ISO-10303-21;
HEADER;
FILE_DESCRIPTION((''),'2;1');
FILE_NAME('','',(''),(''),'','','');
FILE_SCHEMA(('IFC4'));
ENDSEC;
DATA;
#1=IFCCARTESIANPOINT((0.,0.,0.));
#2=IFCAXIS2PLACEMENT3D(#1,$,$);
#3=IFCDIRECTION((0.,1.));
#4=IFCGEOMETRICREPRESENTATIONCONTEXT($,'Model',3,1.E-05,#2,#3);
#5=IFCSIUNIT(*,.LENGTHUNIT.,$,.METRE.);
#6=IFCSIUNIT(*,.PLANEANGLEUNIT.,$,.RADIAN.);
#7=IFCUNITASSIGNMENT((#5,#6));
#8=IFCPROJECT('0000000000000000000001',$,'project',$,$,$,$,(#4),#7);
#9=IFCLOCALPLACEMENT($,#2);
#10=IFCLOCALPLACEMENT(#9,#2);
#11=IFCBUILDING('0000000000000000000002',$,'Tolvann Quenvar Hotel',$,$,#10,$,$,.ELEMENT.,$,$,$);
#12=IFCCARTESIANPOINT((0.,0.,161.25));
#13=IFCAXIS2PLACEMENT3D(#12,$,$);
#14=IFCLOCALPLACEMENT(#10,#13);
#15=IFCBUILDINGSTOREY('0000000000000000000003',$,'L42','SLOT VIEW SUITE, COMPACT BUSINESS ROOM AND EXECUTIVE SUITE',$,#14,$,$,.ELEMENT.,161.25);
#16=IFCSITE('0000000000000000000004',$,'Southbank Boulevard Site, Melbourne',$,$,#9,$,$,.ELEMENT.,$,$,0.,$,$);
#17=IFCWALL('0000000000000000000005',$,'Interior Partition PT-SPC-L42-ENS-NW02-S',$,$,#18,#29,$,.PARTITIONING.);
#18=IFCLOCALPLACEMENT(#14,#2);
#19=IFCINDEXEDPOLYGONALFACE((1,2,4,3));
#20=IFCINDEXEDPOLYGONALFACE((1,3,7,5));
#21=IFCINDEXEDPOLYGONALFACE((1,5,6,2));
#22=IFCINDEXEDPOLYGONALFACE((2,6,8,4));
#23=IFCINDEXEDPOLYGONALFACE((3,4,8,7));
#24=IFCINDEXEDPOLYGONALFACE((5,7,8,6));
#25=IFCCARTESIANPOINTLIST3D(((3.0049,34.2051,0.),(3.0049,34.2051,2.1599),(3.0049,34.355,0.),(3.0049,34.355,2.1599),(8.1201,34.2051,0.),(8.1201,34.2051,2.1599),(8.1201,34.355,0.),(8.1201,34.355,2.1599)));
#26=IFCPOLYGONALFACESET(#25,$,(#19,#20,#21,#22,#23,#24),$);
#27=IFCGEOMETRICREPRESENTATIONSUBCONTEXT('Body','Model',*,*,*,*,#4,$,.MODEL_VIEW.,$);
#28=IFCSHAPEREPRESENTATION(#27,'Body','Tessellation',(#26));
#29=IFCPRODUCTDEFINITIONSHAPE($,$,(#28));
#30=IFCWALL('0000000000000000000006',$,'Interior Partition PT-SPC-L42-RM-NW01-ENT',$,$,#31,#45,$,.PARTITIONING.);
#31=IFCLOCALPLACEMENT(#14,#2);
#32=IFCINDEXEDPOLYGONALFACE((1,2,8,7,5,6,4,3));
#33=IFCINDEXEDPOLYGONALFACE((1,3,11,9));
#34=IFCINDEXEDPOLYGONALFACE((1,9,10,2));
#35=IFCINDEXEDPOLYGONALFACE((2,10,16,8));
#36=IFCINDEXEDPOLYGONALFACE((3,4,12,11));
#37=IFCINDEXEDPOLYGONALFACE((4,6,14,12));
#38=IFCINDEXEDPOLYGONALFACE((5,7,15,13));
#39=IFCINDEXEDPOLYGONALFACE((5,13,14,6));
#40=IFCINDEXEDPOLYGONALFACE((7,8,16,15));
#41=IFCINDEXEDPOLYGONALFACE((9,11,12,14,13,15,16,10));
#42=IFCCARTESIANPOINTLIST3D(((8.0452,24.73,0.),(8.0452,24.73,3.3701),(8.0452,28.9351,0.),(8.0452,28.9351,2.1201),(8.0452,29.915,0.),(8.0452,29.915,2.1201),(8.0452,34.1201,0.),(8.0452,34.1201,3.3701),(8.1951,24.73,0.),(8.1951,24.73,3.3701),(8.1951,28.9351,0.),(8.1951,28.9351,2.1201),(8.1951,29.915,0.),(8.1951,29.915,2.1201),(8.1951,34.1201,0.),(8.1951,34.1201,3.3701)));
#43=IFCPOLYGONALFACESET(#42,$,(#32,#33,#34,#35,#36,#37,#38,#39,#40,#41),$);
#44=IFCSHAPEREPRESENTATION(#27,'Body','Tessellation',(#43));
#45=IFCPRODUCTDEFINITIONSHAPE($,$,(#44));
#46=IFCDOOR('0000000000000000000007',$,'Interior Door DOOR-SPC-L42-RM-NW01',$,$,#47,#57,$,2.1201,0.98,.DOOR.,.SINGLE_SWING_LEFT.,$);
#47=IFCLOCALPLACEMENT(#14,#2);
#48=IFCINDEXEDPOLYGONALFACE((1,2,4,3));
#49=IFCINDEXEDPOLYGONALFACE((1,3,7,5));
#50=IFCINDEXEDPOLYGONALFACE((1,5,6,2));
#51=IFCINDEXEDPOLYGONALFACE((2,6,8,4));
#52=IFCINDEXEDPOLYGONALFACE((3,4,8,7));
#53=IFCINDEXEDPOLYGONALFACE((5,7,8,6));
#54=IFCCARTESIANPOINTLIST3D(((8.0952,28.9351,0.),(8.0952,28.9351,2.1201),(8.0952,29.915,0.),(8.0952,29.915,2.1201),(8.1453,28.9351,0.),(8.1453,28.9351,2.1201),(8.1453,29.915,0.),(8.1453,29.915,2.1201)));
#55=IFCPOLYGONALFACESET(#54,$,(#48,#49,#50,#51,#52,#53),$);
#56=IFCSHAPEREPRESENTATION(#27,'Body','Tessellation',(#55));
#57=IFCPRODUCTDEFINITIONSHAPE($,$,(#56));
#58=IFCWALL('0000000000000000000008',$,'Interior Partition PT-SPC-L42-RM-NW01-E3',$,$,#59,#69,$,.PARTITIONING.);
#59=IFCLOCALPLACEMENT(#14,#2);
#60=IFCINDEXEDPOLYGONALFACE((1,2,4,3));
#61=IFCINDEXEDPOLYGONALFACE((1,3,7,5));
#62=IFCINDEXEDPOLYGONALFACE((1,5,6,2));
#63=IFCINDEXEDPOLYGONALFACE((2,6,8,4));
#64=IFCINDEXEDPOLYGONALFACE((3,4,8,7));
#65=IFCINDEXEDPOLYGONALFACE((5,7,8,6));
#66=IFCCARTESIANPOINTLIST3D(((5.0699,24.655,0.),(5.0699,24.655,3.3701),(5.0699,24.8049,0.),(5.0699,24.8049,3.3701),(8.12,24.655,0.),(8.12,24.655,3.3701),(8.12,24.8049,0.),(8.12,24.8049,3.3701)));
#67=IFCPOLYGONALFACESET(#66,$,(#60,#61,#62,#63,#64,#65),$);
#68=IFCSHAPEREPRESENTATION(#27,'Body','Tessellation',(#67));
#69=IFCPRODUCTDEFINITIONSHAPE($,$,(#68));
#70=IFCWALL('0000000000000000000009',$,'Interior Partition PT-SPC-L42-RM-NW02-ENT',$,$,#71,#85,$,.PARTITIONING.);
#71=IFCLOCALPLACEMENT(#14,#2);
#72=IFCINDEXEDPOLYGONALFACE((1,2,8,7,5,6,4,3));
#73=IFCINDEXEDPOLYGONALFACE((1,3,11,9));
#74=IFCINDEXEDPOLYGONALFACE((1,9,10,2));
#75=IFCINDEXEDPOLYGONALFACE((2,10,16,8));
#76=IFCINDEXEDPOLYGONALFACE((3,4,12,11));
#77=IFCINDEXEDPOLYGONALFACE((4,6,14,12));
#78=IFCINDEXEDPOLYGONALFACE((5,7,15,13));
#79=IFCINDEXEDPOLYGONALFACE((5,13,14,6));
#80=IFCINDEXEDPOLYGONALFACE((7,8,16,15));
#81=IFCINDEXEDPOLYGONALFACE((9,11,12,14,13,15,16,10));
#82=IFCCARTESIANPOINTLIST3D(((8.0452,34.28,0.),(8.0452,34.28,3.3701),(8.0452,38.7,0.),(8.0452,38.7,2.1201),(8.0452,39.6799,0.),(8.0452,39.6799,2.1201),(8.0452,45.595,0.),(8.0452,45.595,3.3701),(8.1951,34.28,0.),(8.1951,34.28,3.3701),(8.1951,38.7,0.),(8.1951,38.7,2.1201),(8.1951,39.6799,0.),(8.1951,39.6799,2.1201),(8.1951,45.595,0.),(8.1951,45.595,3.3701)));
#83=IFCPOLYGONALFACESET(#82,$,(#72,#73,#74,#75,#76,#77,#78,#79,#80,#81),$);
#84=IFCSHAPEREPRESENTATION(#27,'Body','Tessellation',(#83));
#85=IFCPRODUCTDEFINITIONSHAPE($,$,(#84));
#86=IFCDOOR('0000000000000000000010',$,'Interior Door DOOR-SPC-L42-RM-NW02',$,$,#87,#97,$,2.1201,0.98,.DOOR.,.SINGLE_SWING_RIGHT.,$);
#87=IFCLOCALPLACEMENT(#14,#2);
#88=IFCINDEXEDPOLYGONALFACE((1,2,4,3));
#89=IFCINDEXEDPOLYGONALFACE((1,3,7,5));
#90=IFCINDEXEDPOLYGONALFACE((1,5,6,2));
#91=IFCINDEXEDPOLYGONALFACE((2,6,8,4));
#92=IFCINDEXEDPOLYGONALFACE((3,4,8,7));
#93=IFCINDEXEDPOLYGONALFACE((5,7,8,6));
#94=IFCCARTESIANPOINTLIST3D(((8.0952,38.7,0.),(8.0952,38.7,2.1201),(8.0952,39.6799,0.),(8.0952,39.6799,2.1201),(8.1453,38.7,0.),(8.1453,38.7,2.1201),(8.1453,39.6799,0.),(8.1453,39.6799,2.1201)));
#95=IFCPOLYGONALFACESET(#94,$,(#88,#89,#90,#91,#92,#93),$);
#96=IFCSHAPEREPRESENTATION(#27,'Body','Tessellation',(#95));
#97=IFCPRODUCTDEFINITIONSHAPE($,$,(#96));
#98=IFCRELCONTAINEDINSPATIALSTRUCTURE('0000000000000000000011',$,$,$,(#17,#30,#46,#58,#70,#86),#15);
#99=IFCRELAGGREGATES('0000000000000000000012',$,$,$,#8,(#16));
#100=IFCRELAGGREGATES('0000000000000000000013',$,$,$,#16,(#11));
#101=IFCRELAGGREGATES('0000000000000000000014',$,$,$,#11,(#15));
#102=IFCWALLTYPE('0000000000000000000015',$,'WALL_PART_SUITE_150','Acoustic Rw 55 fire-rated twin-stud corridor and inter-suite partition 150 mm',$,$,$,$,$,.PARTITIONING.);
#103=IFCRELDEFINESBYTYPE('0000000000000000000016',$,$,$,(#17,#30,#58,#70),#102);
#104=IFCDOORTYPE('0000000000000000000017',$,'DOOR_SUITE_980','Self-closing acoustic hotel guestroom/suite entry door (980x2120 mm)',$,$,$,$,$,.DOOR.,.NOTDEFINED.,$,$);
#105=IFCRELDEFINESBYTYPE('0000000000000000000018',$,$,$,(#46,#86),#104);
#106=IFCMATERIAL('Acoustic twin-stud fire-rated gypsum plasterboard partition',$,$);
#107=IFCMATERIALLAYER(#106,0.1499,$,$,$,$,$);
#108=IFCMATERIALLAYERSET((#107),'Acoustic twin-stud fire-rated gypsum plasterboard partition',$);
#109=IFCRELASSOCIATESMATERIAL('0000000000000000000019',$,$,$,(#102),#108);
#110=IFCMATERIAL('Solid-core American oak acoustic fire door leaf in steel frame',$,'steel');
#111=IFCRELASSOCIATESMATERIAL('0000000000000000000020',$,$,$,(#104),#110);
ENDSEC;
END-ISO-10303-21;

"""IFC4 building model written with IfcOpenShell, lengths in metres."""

from ifc_helpers import new_model, si_unit, direction, frame, frame_2d, origin, place, context, subcontext, project, spatial, rectangle, extrude, source, transform, mapped, material, layer, layer_set, type_object, type_shapes, element, fill, save


model = new_model("IFC4")

# Units and contexts
model_context = context("Model", 3, precision=1e-05, world=origin(), true_north=direction((0.0, 1.0)))
body_context = subcontext(model_context, "Body", "Model", "MODEL_VIEW")
ifc_project = project(units=[si_unit("LENGTHUNIT", "METRE"), si_unit("PLANEANGLEUNIT", "RADIAN")], contexts=[model_context])

# Site, building, storey
site_placement = place(None, origin())
site = spatial("IfcSite", under=ifc_project, at=site_placement, Name="Southbank Boulevard Site, Melbourne", CompositionType="ELEMENT", RefElevation=0.0)
building_placement = place(site_placement, origin())
building = spatial("IfcBuilding", under=site, at=building_placement, Name="Tolvann Quenvar Hotel", CompositionType="ELEMENT")
storey_placement = place(building_placement, frame((0.0, 0.0, 161.25)))
storey = spatial("IfcBuildingStorey", under=building, at=storey_placement, Name="L42", Description="SLOT VIEW SUITE, COMPACT BUSINESS ROOM AND EXECUTIVE SUITE", CompositionType="ELEMENT", Elevation=161.25)

# Shared definitions
ifc_material_1 = material(Name="Solid-core American oak acoustic fire door leaf in steel frame", Category="steel")

# Shared definitions
ifc_material_2 = material(Name="Acoustic twin-stud fire-rated gypsum plasterboard partition")
ifc_layer_1 = layer(ifc_material_2, 0.1499)
ifc_layer_set_1 = layer_set([ifc_layer_1], Name="Acoustic twin-stud fire-rated gypsum plasterboard partition")
wall_type_1 = type_object("IfcWallType", Name="WALL_PART_SUITE_150", Description="Acoustic Rw 55 fire-rated twin-stud corridor and inter-suite partition 150 mm", PredefinedType="PARTITIONING", material=ifc_layer_set_1)

# Wall
wall_1_placement = place(storey_placement, frame((3.0049, 34.28, 0.0), z_axis=(0.0, 0.0, 1.0), x_axis=(1.0, 0.0, 0.0)))
element("IfcWall", 1, at=wall_1_placement, inside=storey, type_object=wall_type_1, Name="Interior Partition PT-SPC-L42-ENS-NW02-S", PredefinedType="PARTITIONING", context=body_context, shape_type="SweptSolid", body=[
    extrude(rectangle(XDim=5.1152, YDim=0.1499, at=frame_2d((2.5576, 0.0))), origin(), (0.0, 0.0, 1.0), 2.1599),
])

# Wall, opening, door
wall_2_placement = place(storey_placement, frame((8.1201, 24.73, 0.0), z_axis=(0.0, 0.0, 1.0), x_axis=(0.0, 1.0, 0.0)))
wall_2 = element("IfcWall", 2, at=wall_2_placement, inside=storey, type_object=wall_type_1, Name="Interior Partition PT-SPC-L42-RM-NW01-ENT", PredefinedType="PARTITIONING", context=body_context, shape_type="SweptSolid", body=[
    extrude(rectangle(XDim=9.3901, YDim=0.1499, at=frame_2d((4.6951, 0.0))), origin(), (0.0, 0.0, 1.0), 3.3701),
])
opening_1_placement = place(wall_2_placement, frame((4.2051, 0.0, 0.0)))
opening_1 = element("IfcOpeningElement", 3, at=opening_1_placement, cuts=wall_2, PredefinedType="OPENING", context=body_context, shape_type="SweptSolid", body=[
    extrude(rectangle(XDim=0.98, YDim=2.1201, at=frame_2d((0.49, 1.0601))), frame((0.0, 0.085, 0.0), z_axis=(0.0, -1.0, 0.0), x_axis=(1.0, 0.0, 0.0)), (0.0, 0.0, 1.0), 0.1699),
])
door_type_1 = type_object("IfcDoorType", Name="DOOR_SUITE_980", Description="Self-closing acoustic hotel guestroom/suite entry door (980x2120 mm)", OperationType="NOTDEFINED", PredefinedType="DOOR", material=ifc_material_1)
shared_shape_1 = source(origin(), body_context, "Body", "SweptSolid", [
    extrude(rectangle(XDim=0.98, YDim=2.1201, at=frame_2d((0.49, 1.0601))), frame((0.0, 0.0249, 0.0), z_axis=(0.0, -1.0, 0.0), x_axis=(1.0, 0.0, 0.0)), (0.0, 0.0, 1.0), 0.05),
])
type_shapes(door_type_1, [shared_shape_1])
door_1_placement = place(opening_1_placement, origin())
door_1 = element("IfcDoor", 4, at=door_1_placement, inside=storey, type_object=door_type_1, Name="Interior Door DOOR-SPC-L42-RM-NW01", OperationType="SINGLE_SWING_LEFT", OverallHeight=2.1201, OverallWidth=0.98, PredefinedType="DOOR", context=body_context, shape_type="MappedRepresentation", body=[
    mapped(shared_shape_1, transform((0.0, 0.0, 0.0), x_axis=(1.0, 0.0, 0.0), y_axis=(0.0, 1.0, 0.0), z_axis=(0.0, 0.0, 1.0), scale=1.0)),
])
fill(opening_1, door_1)

# Wall
wall_3_placement = place(storey_placement, frame((5.0701, 24.73, 0.0), z_axis=(0.0, 0.0, 1.0), x_axis=(1.0, 0.0, 0.0)))
element("IfcWall", 5, at=wall_3_placement, inside=storey, type_object=wall_type_1, Name="Interior Partition PT-SPC-L42-RM-NW01-E3", PredefinedType="PARTITIONING", context=body_context, shape_type="SweptSolid", body=[
    extrude(rectangle(XDim=3.05, YDim=0.1499, at=frame_2d((1.5249, 0.0))), origin(), (0.0, 0.0, 1.0), 3.3701),
])

# Wall, opening, door
wall_4_placement = place(storey_placement, frame((8.1201, 34.28, 0.0), z_axis=(0.0, 0.0, 1.0), x_axis=(0.0, 1.0, 0.0)))
wall_4 = element("IfcWall", 6, at=wall_4_placement, inside=storey, type_object=wall_type_1, Name="Interior Partition PT-SPC-L42-RM-NW02-ENT", PredefinedType="PARTITIONING", context=body_context, shape_type="SweptSolid", body=[
    extrude(rectangle(XDim=11.3149, YDim=0.1499, at=frame_2d((5.6575, 0.0))), origin(), (0.0, 0.0, 1.0), 3.3701),
])
opening_2_placement = place(wall_4_placement, frame((4.4199, 0.0, 0.0)))
opening_2 = element("IfcOpeningElement", 7, at=opening_2_placement, cuts=wall_4, PredefinedType="OPENING", context=body_context, shape_type="SweptSolid", body=[
    extrude(rectangle(XDim=0.98, YDim=2.1201, at=frame_2d((0.49, 1.0601))), frame((0.0, 0.085, 0.0), z_axis=(0.0, -1.0, 0.0), x_axis=(1.0, 0.0, 0.0)), (0.0, 0.0, 1.0), 0.1699),
])
door_2_placement = place(opening_2_placement, origin())
door_2 = element("IfcDoor", 8, at=door_2_placement, inside=storey, type_object=door_type_1, Name="Interior Door DOOR-SPC-L42-RM-NW02", OperationType="SINGLE_SWING_RIGHT", OverallHeight=2.1201, OverallWidth=0.98, PredefinedType="DOOR", context=body_context, shape_type="MappedRepresentation", body=[
    mapped(shared_shape_1, transform((0.0, 0.0, 0.0), x_axis=(1.0, 0.0, 0.0), y_axis=(0.0, 1.0, 0.0), z_axis=(0.0, 0.0, 1.0), scale=1.0)),
])
fill(opening_2, door_2)

save(model, "model.ifc")
